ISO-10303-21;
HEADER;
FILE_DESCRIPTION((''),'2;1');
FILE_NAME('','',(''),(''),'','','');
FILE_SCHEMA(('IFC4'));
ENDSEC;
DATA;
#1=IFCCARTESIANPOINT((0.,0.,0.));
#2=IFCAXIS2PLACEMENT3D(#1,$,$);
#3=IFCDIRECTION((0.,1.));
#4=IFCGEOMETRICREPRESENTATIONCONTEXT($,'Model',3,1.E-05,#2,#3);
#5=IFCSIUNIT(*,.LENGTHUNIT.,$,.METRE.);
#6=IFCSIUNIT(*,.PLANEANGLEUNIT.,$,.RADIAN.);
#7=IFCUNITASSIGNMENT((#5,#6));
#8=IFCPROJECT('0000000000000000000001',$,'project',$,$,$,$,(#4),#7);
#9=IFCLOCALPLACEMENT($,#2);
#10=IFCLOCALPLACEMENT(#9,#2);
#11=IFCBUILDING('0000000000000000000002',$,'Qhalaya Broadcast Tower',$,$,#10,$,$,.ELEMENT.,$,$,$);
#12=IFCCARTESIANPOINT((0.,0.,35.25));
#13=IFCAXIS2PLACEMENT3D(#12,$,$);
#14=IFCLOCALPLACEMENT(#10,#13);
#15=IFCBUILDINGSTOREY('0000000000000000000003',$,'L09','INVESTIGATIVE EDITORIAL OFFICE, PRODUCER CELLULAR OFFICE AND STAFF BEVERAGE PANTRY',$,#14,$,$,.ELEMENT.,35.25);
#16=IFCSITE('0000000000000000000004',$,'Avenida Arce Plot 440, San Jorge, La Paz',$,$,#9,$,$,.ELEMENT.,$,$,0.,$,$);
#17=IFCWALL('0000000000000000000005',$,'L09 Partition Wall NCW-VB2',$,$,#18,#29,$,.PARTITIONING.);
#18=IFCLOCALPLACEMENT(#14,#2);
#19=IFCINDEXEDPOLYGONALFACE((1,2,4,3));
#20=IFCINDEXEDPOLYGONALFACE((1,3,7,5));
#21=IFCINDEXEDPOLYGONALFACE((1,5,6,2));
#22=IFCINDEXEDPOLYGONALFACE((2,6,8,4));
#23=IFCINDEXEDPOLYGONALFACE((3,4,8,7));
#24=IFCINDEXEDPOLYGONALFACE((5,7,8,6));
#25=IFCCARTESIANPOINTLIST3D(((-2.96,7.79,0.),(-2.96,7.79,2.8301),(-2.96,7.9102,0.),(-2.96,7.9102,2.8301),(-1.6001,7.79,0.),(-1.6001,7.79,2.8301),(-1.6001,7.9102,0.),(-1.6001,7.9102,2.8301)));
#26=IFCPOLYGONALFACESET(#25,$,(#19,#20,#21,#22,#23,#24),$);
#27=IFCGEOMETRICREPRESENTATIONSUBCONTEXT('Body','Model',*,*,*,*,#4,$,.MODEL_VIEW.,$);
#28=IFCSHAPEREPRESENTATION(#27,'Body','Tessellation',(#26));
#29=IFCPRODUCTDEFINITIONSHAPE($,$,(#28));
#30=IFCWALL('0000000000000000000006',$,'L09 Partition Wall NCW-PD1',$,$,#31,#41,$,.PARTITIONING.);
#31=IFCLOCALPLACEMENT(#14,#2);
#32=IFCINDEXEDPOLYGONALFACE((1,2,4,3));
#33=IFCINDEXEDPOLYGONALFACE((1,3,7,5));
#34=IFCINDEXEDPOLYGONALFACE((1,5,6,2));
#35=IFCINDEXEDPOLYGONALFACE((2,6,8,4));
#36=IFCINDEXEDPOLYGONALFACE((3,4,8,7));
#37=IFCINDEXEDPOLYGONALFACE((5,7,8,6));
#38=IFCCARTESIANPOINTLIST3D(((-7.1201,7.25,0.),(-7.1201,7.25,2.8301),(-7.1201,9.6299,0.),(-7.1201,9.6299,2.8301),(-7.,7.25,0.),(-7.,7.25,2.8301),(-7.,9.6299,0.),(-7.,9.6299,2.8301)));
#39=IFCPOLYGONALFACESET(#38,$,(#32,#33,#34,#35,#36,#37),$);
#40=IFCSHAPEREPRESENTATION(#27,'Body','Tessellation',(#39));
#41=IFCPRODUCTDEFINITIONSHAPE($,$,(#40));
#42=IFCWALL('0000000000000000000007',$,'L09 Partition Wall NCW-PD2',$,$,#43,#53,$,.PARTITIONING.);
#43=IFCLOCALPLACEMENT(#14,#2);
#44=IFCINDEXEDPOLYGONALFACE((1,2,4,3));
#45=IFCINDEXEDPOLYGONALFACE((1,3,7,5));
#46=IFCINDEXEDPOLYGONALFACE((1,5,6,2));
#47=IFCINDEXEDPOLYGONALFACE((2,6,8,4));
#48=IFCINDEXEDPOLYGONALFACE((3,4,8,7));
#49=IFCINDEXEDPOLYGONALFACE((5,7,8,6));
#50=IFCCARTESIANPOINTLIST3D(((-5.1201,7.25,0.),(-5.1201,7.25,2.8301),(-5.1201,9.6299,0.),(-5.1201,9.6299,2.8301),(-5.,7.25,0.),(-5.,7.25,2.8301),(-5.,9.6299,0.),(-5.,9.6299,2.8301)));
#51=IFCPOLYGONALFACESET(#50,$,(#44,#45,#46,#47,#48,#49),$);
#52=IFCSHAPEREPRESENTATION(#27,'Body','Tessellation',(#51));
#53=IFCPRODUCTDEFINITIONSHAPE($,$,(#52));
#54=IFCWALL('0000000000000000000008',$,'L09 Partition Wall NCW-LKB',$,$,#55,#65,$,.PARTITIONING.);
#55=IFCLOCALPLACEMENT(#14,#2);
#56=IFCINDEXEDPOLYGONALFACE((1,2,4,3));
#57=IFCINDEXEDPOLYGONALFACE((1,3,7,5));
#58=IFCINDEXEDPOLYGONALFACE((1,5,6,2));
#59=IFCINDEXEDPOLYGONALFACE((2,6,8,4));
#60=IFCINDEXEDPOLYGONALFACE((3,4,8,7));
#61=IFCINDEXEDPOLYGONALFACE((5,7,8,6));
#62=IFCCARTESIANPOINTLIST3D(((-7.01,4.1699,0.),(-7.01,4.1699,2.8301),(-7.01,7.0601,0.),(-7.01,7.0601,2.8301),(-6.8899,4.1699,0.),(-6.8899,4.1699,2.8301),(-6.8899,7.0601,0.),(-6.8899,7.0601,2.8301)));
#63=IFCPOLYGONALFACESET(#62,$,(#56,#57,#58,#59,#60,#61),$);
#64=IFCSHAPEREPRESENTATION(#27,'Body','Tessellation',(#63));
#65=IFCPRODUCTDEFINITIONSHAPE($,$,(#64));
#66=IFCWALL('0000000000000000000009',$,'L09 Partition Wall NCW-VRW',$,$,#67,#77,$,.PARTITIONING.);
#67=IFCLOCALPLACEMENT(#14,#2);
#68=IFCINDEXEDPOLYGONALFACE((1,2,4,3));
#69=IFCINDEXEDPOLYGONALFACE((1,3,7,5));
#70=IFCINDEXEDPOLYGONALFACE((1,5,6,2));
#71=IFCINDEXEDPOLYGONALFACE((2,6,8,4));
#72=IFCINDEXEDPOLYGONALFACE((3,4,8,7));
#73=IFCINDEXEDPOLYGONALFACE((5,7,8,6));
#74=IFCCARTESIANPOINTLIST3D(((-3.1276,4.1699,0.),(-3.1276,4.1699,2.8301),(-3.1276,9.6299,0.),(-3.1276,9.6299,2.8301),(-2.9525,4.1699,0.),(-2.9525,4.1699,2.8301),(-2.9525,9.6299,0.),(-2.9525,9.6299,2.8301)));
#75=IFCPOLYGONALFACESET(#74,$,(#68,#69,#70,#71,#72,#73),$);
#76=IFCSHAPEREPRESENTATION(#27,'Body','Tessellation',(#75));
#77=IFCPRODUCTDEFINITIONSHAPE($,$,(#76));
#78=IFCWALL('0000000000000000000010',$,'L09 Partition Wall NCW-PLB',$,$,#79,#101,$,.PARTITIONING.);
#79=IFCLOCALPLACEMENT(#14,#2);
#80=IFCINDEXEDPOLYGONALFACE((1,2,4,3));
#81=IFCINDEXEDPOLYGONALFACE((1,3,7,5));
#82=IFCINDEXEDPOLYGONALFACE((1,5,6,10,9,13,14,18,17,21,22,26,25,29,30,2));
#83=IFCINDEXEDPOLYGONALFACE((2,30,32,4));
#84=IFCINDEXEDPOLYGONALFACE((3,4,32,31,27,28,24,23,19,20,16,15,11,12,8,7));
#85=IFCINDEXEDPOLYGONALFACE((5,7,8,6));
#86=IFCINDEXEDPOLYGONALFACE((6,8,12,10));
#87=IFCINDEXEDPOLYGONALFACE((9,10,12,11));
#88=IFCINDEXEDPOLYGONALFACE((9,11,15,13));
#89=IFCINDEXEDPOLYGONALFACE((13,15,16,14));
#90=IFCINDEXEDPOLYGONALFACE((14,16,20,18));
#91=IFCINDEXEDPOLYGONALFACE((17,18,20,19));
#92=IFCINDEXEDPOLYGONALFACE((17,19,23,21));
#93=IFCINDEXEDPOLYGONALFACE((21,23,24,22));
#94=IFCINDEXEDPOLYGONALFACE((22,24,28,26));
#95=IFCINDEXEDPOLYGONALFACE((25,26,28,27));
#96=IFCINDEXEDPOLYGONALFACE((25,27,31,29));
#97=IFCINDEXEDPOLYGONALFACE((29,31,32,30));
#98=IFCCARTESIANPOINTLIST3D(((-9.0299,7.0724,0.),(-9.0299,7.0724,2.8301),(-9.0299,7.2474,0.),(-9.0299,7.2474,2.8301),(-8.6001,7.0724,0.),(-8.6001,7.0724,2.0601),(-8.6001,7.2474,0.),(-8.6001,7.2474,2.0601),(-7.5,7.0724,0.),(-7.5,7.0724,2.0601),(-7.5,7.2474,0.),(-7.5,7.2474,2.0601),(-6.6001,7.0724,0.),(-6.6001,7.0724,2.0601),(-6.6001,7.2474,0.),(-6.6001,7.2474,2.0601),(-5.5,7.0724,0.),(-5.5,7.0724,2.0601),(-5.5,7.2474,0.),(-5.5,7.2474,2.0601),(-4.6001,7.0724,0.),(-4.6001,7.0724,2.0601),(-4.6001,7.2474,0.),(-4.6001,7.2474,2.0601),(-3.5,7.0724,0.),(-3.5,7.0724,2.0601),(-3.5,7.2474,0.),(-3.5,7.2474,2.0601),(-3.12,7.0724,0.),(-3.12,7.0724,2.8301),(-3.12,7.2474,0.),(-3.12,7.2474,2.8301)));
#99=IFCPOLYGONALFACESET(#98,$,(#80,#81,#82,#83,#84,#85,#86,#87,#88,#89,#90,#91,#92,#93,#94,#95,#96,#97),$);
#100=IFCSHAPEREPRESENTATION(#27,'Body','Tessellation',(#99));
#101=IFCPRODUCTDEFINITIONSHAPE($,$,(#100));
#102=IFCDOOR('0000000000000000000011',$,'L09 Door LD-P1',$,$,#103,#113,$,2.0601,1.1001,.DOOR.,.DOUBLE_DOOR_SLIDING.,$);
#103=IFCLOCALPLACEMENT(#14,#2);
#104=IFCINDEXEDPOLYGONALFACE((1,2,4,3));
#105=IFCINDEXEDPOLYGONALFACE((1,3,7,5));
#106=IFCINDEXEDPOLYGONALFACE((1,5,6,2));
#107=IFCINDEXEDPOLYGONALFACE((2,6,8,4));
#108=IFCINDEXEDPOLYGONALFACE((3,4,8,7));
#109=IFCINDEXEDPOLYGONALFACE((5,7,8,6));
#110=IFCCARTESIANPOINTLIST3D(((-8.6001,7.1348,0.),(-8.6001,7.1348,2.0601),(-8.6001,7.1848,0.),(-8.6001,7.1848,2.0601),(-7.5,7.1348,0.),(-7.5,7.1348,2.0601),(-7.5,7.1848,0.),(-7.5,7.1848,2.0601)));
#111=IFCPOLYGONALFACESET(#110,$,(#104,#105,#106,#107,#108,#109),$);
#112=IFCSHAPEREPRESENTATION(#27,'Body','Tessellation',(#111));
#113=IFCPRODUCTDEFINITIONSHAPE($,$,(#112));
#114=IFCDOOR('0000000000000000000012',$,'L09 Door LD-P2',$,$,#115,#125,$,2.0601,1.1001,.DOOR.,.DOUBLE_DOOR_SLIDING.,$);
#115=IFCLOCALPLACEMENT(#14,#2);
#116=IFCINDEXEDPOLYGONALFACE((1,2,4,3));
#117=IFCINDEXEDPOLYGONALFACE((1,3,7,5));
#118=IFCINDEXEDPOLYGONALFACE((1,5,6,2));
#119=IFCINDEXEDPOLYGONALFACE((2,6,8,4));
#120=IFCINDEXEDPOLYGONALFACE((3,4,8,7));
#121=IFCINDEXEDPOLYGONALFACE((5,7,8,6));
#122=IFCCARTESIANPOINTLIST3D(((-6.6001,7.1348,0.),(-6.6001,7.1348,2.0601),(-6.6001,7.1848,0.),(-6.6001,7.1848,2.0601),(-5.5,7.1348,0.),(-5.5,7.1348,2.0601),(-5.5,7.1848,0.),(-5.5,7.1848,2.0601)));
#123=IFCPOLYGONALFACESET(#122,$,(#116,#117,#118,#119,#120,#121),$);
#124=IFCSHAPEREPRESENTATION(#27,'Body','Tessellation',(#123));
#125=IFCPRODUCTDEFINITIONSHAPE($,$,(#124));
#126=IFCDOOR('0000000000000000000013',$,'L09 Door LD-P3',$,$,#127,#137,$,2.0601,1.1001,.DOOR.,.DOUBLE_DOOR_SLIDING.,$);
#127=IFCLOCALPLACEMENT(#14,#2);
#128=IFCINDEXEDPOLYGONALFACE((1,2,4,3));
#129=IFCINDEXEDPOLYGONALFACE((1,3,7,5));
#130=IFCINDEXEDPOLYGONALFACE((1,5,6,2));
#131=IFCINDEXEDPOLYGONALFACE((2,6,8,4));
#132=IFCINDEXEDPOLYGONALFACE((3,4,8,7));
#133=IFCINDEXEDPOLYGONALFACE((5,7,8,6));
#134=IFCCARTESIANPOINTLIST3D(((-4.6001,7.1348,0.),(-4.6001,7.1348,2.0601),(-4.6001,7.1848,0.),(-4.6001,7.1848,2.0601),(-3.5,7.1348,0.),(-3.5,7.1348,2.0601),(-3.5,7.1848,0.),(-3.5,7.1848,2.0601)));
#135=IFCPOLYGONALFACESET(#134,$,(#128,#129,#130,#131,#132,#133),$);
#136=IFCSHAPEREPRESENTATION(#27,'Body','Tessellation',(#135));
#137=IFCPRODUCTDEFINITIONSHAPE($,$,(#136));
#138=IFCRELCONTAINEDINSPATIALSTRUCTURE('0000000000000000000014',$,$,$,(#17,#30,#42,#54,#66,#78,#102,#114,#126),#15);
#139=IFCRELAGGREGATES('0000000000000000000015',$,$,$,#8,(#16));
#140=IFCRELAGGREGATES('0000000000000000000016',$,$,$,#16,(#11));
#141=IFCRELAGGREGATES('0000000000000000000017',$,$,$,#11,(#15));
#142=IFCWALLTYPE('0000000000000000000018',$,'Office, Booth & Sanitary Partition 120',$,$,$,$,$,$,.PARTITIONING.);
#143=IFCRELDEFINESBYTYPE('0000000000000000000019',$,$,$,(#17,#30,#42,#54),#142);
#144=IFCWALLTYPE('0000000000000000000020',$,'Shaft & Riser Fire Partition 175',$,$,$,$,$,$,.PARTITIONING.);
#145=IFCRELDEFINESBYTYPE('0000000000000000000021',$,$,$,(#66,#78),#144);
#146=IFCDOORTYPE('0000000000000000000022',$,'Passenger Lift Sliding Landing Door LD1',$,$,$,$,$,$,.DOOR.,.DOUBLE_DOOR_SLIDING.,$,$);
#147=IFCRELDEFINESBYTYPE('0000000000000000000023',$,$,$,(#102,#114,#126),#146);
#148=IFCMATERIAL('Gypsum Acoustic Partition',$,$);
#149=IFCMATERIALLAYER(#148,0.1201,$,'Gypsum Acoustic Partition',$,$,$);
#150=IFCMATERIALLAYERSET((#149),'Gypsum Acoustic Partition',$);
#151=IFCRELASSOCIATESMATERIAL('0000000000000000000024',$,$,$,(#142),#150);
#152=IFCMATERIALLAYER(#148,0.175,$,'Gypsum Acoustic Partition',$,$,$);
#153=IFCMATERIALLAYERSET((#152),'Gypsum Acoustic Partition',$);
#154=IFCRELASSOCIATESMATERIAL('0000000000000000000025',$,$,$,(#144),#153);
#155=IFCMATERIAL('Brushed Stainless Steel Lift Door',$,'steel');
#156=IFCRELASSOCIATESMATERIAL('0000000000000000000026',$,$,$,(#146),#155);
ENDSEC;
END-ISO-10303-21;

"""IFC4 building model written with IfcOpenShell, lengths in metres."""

from ifc_helpers import new_model, si_unit, direction, frame, frame_2d, origin, place, context, subcontext, project, spatial, rectangle, extrude, material, layer, layer_set, type_object, element, fill, save


model = new_model("IFC4")

# Units and contexts
model_context = context("Model", 3, precision=1e-05, world=origin(), true_north=direction((0.0, 1.0)))
body_context = subcontext(model_context, "Body", "Model", "MODEL_VIEW")
ifc_project = project(units=[si_unit("LENGTHUNIT", "METRE"), si_unit("PLANEANGLEUNIT", "RADIAN")], contexts=[model_context])

# Site, building, storey
site_placement = place(None, origin())
site = spatial("IfcSite", under=ifc_project, at=site_placement, Name="Avenida Arce Plot 440, San Jorge, La Paz", CompositionType="ELEMENT", RefElevation=0.0)
building_placement = place(site_placement, origin())
building = spatial("IfcBuilding", under=site, at=building_placement, Name="Qhalaya Broadcast Tower", CompositionType="ELEMENT")
storey_placement = place(building_placement, frame((0.0, 0.0, 35.25)))
storey = spatial("IfcBuildingStorey", under=building, at=storey_placement, Name="L09", Description="INVESTIGATIVE EDITORIAL OFFICE, PRODUCER CELLULAR OFFICE AND STAFF BEVERAGE PANTRY", CompositionType="ELEMENT", Elevation=35.25)

# Shared definitions
ifc_material_1 = material(Name="Gypsum Acoustic Partition")

# Walls
ifc_layer_1 = layer(ifc_material_1, 0.1201, Name="Gypsum Acoustic Partition")
ifc_layer_set_1 = layer_set([ifc_layer_1], Name="Gypsum Acoustic Partition")
wall_type_1 = type_object("IfcWallType", Name="Office, Booth & Sanitary Partition 120", PredefinedType="PARTITIONING", material=ifc_layer_set_1)
for number, where, z_axis, x_axis, name in (
    (1, (-2.96, 7.8501, 0.0), (0.0, 0.0, 1.0), (1.0, 0.0, 0.0), "L09 Partition Wall NCW-VB2"),
):
    element("IfcWall", number, at=place(storey_placement, frame(where, z_axis=z_axis, x_axis=x_axis)), inside=storey, type_object=wall_type_1, Name=name, PredefinedType="PARTITIONING", context=body_context, shape_type="SweptSolid", body=[
        extrude(rectangle(XDim=1.3599, YDim=0.1201, at=frame_2d((0.6799, 0.0))), origin(), (0.0, 0.0, 1.0), 2.8301),
    ])
for number, where, z_axis, x_axis, name in (
    (2, (-7.0601, 7.25, 0.0), (0.0, 0.0, 1.0), (0.0, 1.0, 0.0), "L09 Partition Wall NCW-PD1"),
    (3, (-5.0601, 7.25, 0.0), (0.0, 0.0, 1.0), (0.0, 1.0, 0.0), "L09 Partition Wall NCW-PD2"),
):
    element("IfcWall", number, at=place(storey_placement, frame(where, z_axis=z_axis, x_axis=x_axis)), inside=storey, type_object=wall_type_1, Name=name, PredefinedType="PARTITIONING", context=body_context, shape_type="SweptSolid", body=[
        extrude(rectangle(XDim=2.3799, YDim=0.1201, at=frame_2d((1.1899, 0.0))), origin(), (0.0, 0.0, 1.0), 2.8301),
    ])
wall_1_placement = place(storey_placement, frame((-6.95, 4.1699, 0.0), z_axis=(0.0, 0.0, 1.0), x_axis=(0.0, 1.0, 0.0)))
element("IfcWall", 4, at=wall_1_placement, inside=storey, type_object=wall_type_1, Name="L09 Partition Wall NCW-LKB", PredefinedType="PARTITIONING", context=body_context, shape_type="SweptSolid", body=[
    extrude(rectangle(XDim=2.8901, YDim=0.1201, at=frame_2d((1.4451, 0.0))), origin(), (0.0, 0.0, 1.0), 2.8301),
])
ifc_layer_2 = layer(ifc_material_1, 0.175, Name="Gypsum Acoustic Partition")
ifc_layer_set_2 = layer_set([ifc_layer_2], Name="Gypsum Acoustic Partition")
wall_type_2 = type_object("IfcWallType", Name="Shaft & Riser Fire Partition 175", PredefinedType="PARTITIONING", material=ifc_layer_set_2)
wall_2_placement = place(storey_placement, frame((-3.04, 4.1699, 0.0), z_axis=(0.0, 0.0, 1.0), x_axis=(0.0, 1.0, 0.0)))
element("IfcWall", 5, at=wall_2_placement, inside=storey, type_object=wall_type_2, Name="L09 Partition Wall NCW-VRW", PredefinedType="PARTITIONING", context=body_context, shape_type="SweptSolid", body=[
    extrude(rectangle(XDim=5.46, YDim=0.175, at=frame_2d((2.73, 0.0))), origin(), (0.0, 0.0, 1.0), 2.8301),
])

# Wall, openings, doors
wall_3_placement = place(storey_placement, frame((-9.03, 7.1599, 0.0), z_axis=(0.0, 0.0, 1.0), x_axis=(1.0, 0.0, 0.0)))
wall_3 = element("IfcWall", 6, at=wall_3_placement, inside=storey, type_object=wall_type_2, Name="L09 Partition Wall NCW-PLB", PredefinedType="PARTITIONING", context=body_context, shape_type="SweptSolid", body=[
    extrude(rectangle(XDim=5.9099, YDim=0.175, at=frame_2d((2.9551, 0.0))), origin(), (0.0, 0.0, 1.0), 2.8301),
])
opening_1_placement = place(wall_3_placement, frame((0.4299, 0.0, 0.0)))
opening_1 = element("IfcOpeningElement", 7, at=opening_1_placement, cuts=wall_3, PredefinedType="OPENING", context=body_context, shape_type="SweptSolid", body=[
    extrude(rectangle(XDim=1.1001, YDim=2.0601, at=frame_2d((0.55, 1.03))), frame((0.0, 0.0996, 0.0), z_axis=(0.0, -1.0, 0.0), x_axis=(1.0, 0.0, 0.0)), (0.0, 0.0, 1.0), 0.199),
])
opening_2_placement = place(wall_3_placement, frame((2.4299, 0.0, 0.0)))
opening_2 = element("IfcOpeningElement", 8, at=opening_2_placement, cuts=wall_3, PredefinedType="OPENING", context=body_context, shape_type="SweptSolid", body=[
    extrude(rectangle(XDim=1.1001, YDim=2.0601, at=frame_2d((0.55, 1.03))), frame((0.0, 0.0996, 0.0), z_axis=(0.0, -1.0, 0.0), x_axis=(1.0, 0.0, 0.0)), (0.0, 0.0, 1.0), 0.199),
])
opening_3_placement = place(wall_3_placement, frame((4.4299, 0.0, 0.0)))
opening_3 = element("IfcOpeningElement", 9, at=opening_3_placement, cuts=wall_3, PredefinedType="OPENING", context=body_context, shape_type="SweptSolid", body=[
    extrude(rectangle(XDim=1.1001, YDim=2.0601, at=frame_2d((0.55, 1.03))), frame((0.0, 0.0996, 0.0), z_axis=(0.0, -1.0, 0.0), x_axis=(1.0, 0.0, 0.0)), (0.0, 0.0, 1.0), 0.199),
])
ifc_material_2 = material(Name="Brushed Stainless Steel Lift Door", Category="steel")
door_type_1 = type_object("IfcDoorType", Name="Passenger Lift Sliding Landing Door LD1", OperationType="DOUBLE_DOOR_SLIDING", PredefinedType="DOOR", material=ifc_material_2)
door_1_placement = place(opening_1_placement, origin())
door_1 = element("IfcDoor", 10, at=door_1_placement, inside=storey, type_object=door_type_1, Name="L09 Door LD-P1", OperationType="DOUBLE_DOOR_SLIDING", OverallHeight=2.0601, OverallWidth=1.1001, PredefinedType="DOOR", context=body_context, shape_type="SweptSolid", body=[
    extrude(rectangle(XDim=1.1001, YDim=2.0601, at=frame_2d((0.55, 1.03))), frame((0.0, 0.0249, 0.0), z_axis=(0.0, -1.0, 0.0), x_axis=(1.0, 0.0, 0.0)), (0.0, 0.0, 1.0), 0.05),
])
fill(opening_1, door_1)
door_2_placement = place(opening_2_placement, origin())
door_2 = element("IfcDoor", 11, at=door_2_placement, inside=storey, type_object=door_type_1, Name="L09 Door LD-P2", OperationType="DOUBLE_DOOR_SLIDING", OverallHeight=2.0601, OverallWidth=1.1001, PredefinedType="DOOR", context=body_context, shape_type="SweptSolid", body=[
    extrude(rectangle(XDim=1.1001, YDim=2.0601, at=frame_2d((0.55, 1.03))), frame((0.0, 0.0249, 0.0), z_axis=(0.0, -1.0, 0.0), x_axis=(1.0, 0.0, 0.0)), (0.0, 0.0, 1.0), 0.05),
])
fill(opening_2, door_2)
door_3_placement = place(opening_3_placement, origin())
door_3 = element("IfcDoor", 12, at=door_3_placement, inside=storey, type_object=door_type_1, Name="L09 Door LD-P3", OperationType="DOUBLE_DOOR_SLIDING", OverallHeight=2.0601, OverallWidth=1.1001, PredefinedType="DOOR", context=body_context, shape_type="SweptSolid", body=[
    extrude(rectangle(XDim=1.1001, YDim=2.0601, at=frame_2d((0.55, 1.03))), frame((0.0, 0.0249, 0.0), z_axis=(0.0, -1.0, 0.0), x_axis=(1.0, 0.0, 0.0)), (0.0, 0.0, 1.0), 0.05),
])
fill(opening_3, door_3)

save(model, "model.ifc")
